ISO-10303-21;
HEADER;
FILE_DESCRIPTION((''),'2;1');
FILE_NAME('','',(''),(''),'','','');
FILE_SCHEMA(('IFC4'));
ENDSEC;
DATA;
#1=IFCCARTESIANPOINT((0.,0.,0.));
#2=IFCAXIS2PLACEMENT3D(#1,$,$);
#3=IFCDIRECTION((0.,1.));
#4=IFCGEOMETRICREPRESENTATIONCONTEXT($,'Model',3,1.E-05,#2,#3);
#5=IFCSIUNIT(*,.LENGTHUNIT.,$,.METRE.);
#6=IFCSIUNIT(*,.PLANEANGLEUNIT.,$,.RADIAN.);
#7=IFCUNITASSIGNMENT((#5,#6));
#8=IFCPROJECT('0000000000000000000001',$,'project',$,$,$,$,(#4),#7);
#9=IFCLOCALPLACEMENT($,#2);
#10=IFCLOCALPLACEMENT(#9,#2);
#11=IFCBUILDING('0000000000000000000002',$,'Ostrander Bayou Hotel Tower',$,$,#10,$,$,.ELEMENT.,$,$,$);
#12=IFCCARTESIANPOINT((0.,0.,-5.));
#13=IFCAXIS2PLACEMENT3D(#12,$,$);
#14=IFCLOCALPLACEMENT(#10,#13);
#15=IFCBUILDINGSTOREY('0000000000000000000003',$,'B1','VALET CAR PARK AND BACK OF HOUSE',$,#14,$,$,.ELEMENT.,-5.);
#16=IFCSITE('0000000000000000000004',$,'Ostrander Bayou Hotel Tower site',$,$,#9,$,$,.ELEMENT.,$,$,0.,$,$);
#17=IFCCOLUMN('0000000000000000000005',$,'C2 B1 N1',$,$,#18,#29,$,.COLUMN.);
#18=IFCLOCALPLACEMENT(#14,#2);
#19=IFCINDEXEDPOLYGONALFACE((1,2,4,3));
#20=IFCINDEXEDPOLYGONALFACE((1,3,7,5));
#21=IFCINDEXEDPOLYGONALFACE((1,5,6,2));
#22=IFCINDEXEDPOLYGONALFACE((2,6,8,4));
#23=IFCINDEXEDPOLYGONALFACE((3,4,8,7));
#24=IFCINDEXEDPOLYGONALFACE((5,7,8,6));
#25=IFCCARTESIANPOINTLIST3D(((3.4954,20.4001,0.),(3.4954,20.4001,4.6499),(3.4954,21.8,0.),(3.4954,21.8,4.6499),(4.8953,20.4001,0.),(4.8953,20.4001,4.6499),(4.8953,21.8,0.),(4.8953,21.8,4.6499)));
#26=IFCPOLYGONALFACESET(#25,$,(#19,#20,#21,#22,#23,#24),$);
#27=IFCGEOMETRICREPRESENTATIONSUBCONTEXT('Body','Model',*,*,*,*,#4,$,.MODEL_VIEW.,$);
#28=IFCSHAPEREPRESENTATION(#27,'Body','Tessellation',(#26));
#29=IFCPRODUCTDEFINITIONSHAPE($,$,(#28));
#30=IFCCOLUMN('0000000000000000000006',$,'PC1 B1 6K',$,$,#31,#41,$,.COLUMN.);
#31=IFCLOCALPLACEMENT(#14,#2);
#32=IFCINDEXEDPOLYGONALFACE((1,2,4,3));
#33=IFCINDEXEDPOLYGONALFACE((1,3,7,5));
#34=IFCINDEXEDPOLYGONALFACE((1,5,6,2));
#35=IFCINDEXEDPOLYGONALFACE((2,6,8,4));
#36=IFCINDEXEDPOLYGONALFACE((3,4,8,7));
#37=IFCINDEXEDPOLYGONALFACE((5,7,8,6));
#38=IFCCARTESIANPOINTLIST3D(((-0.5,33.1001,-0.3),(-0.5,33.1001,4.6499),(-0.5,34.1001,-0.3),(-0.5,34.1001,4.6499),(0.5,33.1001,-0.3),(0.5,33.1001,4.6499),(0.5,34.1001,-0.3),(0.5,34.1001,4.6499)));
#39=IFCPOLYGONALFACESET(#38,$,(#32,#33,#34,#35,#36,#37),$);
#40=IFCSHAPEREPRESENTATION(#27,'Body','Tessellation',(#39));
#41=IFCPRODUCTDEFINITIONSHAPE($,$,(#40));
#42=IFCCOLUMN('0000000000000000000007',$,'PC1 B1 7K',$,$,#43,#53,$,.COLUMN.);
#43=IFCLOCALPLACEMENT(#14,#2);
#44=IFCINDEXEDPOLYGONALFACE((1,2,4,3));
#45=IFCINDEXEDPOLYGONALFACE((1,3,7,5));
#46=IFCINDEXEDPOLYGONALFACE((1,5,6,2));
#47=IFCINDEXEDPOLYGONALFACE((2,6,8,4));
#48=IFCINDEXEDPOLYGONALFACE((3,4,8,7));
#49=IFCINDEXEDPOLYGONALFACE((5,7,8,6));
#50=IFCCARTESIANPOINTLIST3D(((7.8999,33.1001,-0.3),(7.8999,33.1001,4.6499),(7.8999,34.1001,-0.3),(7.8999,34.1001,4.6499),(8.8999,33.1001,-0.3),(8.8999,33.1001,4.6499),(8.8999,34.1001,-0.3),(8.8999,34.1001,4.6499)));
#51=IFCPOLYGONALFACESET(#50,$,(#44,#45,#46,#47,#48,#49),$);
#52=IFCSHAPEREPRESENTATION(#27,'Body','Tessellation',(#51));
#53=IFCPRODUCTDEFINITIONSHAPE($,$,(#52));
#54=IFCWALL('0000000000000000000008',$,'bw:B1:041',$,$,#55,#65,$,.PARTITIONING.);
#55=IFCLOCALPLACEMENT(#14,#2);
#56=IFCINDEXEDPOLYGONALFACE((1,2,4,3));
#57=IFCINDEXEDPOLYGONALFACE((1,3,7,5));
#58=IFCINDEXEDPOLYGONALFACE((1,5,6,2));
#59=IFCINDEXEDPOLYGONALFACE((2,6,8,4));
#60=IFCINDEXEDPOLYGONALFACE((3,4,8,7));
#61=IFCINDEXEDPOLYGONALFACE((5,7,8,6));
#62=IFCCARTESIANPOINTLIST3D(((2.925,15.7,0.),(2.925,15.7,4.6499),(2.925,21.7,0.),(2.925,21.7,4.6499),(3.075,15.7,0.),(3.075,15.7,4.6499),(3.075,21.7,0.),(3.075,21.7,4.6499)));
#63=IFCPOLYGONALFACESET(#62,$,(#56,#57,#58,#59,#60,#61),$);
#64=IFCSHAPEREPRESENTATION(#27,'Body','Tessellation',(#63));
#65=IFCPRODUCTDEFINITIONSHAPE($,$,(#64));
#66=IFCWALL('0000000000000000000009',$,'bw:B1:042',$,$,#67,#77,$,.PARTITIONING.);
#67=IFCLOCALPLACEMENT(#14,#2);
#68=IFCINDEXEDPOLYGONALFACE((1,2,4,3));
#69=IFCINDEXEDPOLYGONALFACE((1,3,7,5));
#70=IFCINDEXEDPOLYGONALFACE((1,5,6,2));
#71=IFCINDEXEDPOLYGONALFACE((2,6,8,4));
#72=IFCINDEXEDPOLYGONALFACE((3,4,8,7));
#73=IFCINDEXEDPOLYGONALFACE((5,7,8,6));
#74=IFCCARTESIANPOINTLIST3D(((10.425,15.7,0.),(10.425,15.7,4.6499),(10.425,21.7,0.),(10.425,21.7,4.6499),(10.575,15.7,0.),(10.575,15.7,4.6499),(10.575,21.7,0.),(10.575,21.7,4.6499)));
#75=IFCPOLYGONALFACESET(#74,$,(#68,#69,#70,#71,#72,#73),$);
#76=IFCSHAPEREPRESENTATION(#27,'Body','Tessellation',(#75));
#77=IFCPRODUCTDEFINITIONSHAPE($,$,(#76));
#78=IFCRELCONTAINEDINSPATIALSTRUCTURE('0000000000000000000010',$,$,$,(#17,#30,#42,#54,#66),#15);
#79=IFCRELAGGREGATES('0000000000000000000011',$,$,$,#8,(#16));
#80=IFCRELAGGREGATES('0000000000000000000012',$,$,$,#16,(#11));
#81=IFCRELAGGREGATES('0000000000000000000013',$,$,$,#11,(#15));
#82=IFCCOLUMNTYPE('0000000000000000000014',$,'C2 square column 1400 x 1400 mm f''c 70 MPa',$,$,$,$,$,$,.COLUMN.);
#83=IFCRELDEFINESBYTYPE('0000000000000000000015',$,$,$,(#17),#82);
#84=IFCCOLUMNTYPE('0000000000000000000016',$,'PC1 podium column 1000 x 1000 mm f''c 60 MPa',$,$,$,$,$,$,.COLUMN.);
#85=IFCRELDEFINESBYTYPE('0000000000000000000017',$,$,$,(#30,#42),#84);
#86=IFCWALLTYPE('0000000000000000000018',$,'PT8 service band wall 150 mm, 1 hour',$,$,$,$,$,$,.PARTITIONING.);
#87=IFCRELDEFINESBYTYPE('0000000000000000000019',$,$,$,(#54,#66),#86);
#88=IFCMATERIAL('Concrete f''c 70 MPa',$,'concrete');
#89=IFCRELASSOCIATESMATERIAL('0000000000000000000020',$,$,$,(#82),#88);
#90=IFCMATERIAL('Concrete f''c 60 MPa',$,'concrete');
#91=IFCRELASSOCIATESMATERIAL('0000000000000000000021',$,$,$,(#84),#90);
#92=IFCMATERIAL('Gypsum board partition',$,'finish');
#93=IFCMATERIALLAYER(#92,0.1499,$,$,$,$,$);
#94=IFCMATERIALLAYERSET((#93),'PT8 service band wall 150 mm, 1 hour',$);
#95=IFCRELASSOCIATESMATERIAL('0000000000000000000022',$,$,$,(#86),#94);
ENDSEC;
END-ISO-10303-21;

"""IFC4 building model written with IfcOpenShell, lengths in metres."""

from ifc_helpers import new_model, si_unit, direction, frame, frame_2d, origin, origin_2d, place, context, subcontext, project, spatial, rectangle, extrude, material, layer, layer_set, material_profile, profile_set, type_object, element, save


model = new_model("IFC4")

# Units and contexts
model_context = context("Model", 3, precision=1e-05, world=origin(), true_north=direction((0.0, 1.0)))
body_context = subcontext(model_context, "Body", "Model", "MODEL_VIEW")
ifc_project = project(units=[si_unit("LENGTHUNIT", "METRE"), si_unit("PLANEANGLEUNIT", "RADIAN")], contexts=[model_context])

# Site, building, storey
site_placement = place(None, origin())
site = spatial("IfcSite", under=ifc_project, at=site_placement, Name="Ostrander Bayou Hotel Tower site", CompositionType="ELEMENT", RefElevation=0.0)
building_placement = place(site_placement, origin())
building = spatial("IfcBuilding", under=site, at=building_placement, Name="Ostrander Bayou Hotel Tower", CompositionType="ELEMENT")
storey_placement = place(building_placement, frame((0.0, 0.0, -5.0)))
storey = spatial("IfcBuildingStorey", under=building, at=storey_placement, Name="B1", Description="VALET CAR PARK AND BACK OF HOUSE", CompositionType="ELEMENT", Elevation=-5.0)

# Columns
ifc_material_1 = material(Name="Concrete f'c 70 MPa", Category="concrete")
ifc_material_profile_1 = material_profile(ifc_material_1, rectangle(XDim=1.3999, YDim=1.3999, at=origin_2d()))
ifc_profile_set_1 = profile_set([ifc_material_profile_1], Name="Concrete f'c 70 MPa")
column_type_1 = type_object("IfcColumnType", Name="C2 square column 1400 x 1400 mm f'c 70 MPa", PredefinedType="COLUMN", material=ifc_profile_set_1)
column_1_placement = place(storey_placement, frame((4.1953, 21.1001, 0.0), z_axis=(0.0, 0.0, 1.0), x_axis=(1.0, 0.0, 0.0)))
element("IfcColumn", 1, at=column_1_placement, inside=storey, type_object=column_type_1, Name="C2 B1 N1", PredefinedType="COLUMN", context=body_context, shape_type="SweptSolid", body=[
    extrude(rectangle(XDim=1.3999, YDim=1.3999, at=origin_2d()), origin(), (0.0, 0.0, 1.0), 4.6499),
])
ifc_material_2 = material(Name="Concrete f'c 60 MPa", Category="concrete")
ifc_material_profile_2 = material_profile(ifc_material_2, rectangle(XDim=1.0, YDim=1.0, at=origin_2d()))
ifc_profile_set_2 = profile_set([ifc_material_profile_2], Name="Concrete f'c 60 MPa")
column_type_2 = type_object("IfcColumnType", Name="PC1 podium column 1000 x 1000 mm f'c 60 MPa", PredefinedType="COLUMN", material=ifc_profile_set_2)
for number, where, z_axis, x_axis, name in (
    (2, (0.0, 33.6001, -0.3), (0.0, 0.0, 1.0), (1.0, 0.0, 0.0), "PC1 B1 6K"),
    (3, (8.3999, 33.6001, -0.3), (0.0, 0.0, 1.0), (1.0, 0.0, 0.0), "PC1 B1 7K"),
):
    element("IfcColumn", number, at=place(storey_placement, frame(where, z_axis=z_axis, x_axis=x_axis)), inside=storey, type_object=column_type_2, Name=name, PredefinedType="COLUMN", context=body_context, shape_type="SweptSolid", body=[
        extrude(rectangle(XDim=1.0, YDim=1.0, at=origin_2d()), origin(), (0.0, 0.0, 1.0), 4.95),
    ])

# Walls
ifc_material_3 = material(Name="Gypsum board partition", Category="finish")
ifc_layer = layer(ifc_material_3, 0.1499)
ifc_layer_set = layer_set([ifc_layer], Name="PT8 service band wall 150 mm, 1 hour")
wall_type = type_object("IfcWallType", Name="PT8 service band wall 150 mm, 1 hour", PredefinedType="PARTITIONING", material=ifc_layer_set)
for number, where, z_axis, x_axis, name in (
    (4, (3.0, 15.7, 0.0), (0.0, 0.0, 1.0), (0.0, 1.0, 0.0), "bw:B1:041"),
    (5, (10.5, 15.7, 0.0), (0.0, 0.0, 1.0), (0.0, 1.0, 0.0), "bw:B1:042"),
):
    element("IfcWall", number, at=place(storey_placement, frame(where, z_axis=z_axis, x_axis=x_axis)), inside=storey, type_object=wall_type, Name=name, PredefinedType="PARTITIONING", context=body_context, shape_type="SweptSolid", body=[
        extrude(rectangle(XDim=6.0, YDim=0.1499, at=frame_2d((3.0, 0.0))), origin(), (0.0, 0.0, 1.0), 4.6499),
    ])

save(model, "model.ifc")
